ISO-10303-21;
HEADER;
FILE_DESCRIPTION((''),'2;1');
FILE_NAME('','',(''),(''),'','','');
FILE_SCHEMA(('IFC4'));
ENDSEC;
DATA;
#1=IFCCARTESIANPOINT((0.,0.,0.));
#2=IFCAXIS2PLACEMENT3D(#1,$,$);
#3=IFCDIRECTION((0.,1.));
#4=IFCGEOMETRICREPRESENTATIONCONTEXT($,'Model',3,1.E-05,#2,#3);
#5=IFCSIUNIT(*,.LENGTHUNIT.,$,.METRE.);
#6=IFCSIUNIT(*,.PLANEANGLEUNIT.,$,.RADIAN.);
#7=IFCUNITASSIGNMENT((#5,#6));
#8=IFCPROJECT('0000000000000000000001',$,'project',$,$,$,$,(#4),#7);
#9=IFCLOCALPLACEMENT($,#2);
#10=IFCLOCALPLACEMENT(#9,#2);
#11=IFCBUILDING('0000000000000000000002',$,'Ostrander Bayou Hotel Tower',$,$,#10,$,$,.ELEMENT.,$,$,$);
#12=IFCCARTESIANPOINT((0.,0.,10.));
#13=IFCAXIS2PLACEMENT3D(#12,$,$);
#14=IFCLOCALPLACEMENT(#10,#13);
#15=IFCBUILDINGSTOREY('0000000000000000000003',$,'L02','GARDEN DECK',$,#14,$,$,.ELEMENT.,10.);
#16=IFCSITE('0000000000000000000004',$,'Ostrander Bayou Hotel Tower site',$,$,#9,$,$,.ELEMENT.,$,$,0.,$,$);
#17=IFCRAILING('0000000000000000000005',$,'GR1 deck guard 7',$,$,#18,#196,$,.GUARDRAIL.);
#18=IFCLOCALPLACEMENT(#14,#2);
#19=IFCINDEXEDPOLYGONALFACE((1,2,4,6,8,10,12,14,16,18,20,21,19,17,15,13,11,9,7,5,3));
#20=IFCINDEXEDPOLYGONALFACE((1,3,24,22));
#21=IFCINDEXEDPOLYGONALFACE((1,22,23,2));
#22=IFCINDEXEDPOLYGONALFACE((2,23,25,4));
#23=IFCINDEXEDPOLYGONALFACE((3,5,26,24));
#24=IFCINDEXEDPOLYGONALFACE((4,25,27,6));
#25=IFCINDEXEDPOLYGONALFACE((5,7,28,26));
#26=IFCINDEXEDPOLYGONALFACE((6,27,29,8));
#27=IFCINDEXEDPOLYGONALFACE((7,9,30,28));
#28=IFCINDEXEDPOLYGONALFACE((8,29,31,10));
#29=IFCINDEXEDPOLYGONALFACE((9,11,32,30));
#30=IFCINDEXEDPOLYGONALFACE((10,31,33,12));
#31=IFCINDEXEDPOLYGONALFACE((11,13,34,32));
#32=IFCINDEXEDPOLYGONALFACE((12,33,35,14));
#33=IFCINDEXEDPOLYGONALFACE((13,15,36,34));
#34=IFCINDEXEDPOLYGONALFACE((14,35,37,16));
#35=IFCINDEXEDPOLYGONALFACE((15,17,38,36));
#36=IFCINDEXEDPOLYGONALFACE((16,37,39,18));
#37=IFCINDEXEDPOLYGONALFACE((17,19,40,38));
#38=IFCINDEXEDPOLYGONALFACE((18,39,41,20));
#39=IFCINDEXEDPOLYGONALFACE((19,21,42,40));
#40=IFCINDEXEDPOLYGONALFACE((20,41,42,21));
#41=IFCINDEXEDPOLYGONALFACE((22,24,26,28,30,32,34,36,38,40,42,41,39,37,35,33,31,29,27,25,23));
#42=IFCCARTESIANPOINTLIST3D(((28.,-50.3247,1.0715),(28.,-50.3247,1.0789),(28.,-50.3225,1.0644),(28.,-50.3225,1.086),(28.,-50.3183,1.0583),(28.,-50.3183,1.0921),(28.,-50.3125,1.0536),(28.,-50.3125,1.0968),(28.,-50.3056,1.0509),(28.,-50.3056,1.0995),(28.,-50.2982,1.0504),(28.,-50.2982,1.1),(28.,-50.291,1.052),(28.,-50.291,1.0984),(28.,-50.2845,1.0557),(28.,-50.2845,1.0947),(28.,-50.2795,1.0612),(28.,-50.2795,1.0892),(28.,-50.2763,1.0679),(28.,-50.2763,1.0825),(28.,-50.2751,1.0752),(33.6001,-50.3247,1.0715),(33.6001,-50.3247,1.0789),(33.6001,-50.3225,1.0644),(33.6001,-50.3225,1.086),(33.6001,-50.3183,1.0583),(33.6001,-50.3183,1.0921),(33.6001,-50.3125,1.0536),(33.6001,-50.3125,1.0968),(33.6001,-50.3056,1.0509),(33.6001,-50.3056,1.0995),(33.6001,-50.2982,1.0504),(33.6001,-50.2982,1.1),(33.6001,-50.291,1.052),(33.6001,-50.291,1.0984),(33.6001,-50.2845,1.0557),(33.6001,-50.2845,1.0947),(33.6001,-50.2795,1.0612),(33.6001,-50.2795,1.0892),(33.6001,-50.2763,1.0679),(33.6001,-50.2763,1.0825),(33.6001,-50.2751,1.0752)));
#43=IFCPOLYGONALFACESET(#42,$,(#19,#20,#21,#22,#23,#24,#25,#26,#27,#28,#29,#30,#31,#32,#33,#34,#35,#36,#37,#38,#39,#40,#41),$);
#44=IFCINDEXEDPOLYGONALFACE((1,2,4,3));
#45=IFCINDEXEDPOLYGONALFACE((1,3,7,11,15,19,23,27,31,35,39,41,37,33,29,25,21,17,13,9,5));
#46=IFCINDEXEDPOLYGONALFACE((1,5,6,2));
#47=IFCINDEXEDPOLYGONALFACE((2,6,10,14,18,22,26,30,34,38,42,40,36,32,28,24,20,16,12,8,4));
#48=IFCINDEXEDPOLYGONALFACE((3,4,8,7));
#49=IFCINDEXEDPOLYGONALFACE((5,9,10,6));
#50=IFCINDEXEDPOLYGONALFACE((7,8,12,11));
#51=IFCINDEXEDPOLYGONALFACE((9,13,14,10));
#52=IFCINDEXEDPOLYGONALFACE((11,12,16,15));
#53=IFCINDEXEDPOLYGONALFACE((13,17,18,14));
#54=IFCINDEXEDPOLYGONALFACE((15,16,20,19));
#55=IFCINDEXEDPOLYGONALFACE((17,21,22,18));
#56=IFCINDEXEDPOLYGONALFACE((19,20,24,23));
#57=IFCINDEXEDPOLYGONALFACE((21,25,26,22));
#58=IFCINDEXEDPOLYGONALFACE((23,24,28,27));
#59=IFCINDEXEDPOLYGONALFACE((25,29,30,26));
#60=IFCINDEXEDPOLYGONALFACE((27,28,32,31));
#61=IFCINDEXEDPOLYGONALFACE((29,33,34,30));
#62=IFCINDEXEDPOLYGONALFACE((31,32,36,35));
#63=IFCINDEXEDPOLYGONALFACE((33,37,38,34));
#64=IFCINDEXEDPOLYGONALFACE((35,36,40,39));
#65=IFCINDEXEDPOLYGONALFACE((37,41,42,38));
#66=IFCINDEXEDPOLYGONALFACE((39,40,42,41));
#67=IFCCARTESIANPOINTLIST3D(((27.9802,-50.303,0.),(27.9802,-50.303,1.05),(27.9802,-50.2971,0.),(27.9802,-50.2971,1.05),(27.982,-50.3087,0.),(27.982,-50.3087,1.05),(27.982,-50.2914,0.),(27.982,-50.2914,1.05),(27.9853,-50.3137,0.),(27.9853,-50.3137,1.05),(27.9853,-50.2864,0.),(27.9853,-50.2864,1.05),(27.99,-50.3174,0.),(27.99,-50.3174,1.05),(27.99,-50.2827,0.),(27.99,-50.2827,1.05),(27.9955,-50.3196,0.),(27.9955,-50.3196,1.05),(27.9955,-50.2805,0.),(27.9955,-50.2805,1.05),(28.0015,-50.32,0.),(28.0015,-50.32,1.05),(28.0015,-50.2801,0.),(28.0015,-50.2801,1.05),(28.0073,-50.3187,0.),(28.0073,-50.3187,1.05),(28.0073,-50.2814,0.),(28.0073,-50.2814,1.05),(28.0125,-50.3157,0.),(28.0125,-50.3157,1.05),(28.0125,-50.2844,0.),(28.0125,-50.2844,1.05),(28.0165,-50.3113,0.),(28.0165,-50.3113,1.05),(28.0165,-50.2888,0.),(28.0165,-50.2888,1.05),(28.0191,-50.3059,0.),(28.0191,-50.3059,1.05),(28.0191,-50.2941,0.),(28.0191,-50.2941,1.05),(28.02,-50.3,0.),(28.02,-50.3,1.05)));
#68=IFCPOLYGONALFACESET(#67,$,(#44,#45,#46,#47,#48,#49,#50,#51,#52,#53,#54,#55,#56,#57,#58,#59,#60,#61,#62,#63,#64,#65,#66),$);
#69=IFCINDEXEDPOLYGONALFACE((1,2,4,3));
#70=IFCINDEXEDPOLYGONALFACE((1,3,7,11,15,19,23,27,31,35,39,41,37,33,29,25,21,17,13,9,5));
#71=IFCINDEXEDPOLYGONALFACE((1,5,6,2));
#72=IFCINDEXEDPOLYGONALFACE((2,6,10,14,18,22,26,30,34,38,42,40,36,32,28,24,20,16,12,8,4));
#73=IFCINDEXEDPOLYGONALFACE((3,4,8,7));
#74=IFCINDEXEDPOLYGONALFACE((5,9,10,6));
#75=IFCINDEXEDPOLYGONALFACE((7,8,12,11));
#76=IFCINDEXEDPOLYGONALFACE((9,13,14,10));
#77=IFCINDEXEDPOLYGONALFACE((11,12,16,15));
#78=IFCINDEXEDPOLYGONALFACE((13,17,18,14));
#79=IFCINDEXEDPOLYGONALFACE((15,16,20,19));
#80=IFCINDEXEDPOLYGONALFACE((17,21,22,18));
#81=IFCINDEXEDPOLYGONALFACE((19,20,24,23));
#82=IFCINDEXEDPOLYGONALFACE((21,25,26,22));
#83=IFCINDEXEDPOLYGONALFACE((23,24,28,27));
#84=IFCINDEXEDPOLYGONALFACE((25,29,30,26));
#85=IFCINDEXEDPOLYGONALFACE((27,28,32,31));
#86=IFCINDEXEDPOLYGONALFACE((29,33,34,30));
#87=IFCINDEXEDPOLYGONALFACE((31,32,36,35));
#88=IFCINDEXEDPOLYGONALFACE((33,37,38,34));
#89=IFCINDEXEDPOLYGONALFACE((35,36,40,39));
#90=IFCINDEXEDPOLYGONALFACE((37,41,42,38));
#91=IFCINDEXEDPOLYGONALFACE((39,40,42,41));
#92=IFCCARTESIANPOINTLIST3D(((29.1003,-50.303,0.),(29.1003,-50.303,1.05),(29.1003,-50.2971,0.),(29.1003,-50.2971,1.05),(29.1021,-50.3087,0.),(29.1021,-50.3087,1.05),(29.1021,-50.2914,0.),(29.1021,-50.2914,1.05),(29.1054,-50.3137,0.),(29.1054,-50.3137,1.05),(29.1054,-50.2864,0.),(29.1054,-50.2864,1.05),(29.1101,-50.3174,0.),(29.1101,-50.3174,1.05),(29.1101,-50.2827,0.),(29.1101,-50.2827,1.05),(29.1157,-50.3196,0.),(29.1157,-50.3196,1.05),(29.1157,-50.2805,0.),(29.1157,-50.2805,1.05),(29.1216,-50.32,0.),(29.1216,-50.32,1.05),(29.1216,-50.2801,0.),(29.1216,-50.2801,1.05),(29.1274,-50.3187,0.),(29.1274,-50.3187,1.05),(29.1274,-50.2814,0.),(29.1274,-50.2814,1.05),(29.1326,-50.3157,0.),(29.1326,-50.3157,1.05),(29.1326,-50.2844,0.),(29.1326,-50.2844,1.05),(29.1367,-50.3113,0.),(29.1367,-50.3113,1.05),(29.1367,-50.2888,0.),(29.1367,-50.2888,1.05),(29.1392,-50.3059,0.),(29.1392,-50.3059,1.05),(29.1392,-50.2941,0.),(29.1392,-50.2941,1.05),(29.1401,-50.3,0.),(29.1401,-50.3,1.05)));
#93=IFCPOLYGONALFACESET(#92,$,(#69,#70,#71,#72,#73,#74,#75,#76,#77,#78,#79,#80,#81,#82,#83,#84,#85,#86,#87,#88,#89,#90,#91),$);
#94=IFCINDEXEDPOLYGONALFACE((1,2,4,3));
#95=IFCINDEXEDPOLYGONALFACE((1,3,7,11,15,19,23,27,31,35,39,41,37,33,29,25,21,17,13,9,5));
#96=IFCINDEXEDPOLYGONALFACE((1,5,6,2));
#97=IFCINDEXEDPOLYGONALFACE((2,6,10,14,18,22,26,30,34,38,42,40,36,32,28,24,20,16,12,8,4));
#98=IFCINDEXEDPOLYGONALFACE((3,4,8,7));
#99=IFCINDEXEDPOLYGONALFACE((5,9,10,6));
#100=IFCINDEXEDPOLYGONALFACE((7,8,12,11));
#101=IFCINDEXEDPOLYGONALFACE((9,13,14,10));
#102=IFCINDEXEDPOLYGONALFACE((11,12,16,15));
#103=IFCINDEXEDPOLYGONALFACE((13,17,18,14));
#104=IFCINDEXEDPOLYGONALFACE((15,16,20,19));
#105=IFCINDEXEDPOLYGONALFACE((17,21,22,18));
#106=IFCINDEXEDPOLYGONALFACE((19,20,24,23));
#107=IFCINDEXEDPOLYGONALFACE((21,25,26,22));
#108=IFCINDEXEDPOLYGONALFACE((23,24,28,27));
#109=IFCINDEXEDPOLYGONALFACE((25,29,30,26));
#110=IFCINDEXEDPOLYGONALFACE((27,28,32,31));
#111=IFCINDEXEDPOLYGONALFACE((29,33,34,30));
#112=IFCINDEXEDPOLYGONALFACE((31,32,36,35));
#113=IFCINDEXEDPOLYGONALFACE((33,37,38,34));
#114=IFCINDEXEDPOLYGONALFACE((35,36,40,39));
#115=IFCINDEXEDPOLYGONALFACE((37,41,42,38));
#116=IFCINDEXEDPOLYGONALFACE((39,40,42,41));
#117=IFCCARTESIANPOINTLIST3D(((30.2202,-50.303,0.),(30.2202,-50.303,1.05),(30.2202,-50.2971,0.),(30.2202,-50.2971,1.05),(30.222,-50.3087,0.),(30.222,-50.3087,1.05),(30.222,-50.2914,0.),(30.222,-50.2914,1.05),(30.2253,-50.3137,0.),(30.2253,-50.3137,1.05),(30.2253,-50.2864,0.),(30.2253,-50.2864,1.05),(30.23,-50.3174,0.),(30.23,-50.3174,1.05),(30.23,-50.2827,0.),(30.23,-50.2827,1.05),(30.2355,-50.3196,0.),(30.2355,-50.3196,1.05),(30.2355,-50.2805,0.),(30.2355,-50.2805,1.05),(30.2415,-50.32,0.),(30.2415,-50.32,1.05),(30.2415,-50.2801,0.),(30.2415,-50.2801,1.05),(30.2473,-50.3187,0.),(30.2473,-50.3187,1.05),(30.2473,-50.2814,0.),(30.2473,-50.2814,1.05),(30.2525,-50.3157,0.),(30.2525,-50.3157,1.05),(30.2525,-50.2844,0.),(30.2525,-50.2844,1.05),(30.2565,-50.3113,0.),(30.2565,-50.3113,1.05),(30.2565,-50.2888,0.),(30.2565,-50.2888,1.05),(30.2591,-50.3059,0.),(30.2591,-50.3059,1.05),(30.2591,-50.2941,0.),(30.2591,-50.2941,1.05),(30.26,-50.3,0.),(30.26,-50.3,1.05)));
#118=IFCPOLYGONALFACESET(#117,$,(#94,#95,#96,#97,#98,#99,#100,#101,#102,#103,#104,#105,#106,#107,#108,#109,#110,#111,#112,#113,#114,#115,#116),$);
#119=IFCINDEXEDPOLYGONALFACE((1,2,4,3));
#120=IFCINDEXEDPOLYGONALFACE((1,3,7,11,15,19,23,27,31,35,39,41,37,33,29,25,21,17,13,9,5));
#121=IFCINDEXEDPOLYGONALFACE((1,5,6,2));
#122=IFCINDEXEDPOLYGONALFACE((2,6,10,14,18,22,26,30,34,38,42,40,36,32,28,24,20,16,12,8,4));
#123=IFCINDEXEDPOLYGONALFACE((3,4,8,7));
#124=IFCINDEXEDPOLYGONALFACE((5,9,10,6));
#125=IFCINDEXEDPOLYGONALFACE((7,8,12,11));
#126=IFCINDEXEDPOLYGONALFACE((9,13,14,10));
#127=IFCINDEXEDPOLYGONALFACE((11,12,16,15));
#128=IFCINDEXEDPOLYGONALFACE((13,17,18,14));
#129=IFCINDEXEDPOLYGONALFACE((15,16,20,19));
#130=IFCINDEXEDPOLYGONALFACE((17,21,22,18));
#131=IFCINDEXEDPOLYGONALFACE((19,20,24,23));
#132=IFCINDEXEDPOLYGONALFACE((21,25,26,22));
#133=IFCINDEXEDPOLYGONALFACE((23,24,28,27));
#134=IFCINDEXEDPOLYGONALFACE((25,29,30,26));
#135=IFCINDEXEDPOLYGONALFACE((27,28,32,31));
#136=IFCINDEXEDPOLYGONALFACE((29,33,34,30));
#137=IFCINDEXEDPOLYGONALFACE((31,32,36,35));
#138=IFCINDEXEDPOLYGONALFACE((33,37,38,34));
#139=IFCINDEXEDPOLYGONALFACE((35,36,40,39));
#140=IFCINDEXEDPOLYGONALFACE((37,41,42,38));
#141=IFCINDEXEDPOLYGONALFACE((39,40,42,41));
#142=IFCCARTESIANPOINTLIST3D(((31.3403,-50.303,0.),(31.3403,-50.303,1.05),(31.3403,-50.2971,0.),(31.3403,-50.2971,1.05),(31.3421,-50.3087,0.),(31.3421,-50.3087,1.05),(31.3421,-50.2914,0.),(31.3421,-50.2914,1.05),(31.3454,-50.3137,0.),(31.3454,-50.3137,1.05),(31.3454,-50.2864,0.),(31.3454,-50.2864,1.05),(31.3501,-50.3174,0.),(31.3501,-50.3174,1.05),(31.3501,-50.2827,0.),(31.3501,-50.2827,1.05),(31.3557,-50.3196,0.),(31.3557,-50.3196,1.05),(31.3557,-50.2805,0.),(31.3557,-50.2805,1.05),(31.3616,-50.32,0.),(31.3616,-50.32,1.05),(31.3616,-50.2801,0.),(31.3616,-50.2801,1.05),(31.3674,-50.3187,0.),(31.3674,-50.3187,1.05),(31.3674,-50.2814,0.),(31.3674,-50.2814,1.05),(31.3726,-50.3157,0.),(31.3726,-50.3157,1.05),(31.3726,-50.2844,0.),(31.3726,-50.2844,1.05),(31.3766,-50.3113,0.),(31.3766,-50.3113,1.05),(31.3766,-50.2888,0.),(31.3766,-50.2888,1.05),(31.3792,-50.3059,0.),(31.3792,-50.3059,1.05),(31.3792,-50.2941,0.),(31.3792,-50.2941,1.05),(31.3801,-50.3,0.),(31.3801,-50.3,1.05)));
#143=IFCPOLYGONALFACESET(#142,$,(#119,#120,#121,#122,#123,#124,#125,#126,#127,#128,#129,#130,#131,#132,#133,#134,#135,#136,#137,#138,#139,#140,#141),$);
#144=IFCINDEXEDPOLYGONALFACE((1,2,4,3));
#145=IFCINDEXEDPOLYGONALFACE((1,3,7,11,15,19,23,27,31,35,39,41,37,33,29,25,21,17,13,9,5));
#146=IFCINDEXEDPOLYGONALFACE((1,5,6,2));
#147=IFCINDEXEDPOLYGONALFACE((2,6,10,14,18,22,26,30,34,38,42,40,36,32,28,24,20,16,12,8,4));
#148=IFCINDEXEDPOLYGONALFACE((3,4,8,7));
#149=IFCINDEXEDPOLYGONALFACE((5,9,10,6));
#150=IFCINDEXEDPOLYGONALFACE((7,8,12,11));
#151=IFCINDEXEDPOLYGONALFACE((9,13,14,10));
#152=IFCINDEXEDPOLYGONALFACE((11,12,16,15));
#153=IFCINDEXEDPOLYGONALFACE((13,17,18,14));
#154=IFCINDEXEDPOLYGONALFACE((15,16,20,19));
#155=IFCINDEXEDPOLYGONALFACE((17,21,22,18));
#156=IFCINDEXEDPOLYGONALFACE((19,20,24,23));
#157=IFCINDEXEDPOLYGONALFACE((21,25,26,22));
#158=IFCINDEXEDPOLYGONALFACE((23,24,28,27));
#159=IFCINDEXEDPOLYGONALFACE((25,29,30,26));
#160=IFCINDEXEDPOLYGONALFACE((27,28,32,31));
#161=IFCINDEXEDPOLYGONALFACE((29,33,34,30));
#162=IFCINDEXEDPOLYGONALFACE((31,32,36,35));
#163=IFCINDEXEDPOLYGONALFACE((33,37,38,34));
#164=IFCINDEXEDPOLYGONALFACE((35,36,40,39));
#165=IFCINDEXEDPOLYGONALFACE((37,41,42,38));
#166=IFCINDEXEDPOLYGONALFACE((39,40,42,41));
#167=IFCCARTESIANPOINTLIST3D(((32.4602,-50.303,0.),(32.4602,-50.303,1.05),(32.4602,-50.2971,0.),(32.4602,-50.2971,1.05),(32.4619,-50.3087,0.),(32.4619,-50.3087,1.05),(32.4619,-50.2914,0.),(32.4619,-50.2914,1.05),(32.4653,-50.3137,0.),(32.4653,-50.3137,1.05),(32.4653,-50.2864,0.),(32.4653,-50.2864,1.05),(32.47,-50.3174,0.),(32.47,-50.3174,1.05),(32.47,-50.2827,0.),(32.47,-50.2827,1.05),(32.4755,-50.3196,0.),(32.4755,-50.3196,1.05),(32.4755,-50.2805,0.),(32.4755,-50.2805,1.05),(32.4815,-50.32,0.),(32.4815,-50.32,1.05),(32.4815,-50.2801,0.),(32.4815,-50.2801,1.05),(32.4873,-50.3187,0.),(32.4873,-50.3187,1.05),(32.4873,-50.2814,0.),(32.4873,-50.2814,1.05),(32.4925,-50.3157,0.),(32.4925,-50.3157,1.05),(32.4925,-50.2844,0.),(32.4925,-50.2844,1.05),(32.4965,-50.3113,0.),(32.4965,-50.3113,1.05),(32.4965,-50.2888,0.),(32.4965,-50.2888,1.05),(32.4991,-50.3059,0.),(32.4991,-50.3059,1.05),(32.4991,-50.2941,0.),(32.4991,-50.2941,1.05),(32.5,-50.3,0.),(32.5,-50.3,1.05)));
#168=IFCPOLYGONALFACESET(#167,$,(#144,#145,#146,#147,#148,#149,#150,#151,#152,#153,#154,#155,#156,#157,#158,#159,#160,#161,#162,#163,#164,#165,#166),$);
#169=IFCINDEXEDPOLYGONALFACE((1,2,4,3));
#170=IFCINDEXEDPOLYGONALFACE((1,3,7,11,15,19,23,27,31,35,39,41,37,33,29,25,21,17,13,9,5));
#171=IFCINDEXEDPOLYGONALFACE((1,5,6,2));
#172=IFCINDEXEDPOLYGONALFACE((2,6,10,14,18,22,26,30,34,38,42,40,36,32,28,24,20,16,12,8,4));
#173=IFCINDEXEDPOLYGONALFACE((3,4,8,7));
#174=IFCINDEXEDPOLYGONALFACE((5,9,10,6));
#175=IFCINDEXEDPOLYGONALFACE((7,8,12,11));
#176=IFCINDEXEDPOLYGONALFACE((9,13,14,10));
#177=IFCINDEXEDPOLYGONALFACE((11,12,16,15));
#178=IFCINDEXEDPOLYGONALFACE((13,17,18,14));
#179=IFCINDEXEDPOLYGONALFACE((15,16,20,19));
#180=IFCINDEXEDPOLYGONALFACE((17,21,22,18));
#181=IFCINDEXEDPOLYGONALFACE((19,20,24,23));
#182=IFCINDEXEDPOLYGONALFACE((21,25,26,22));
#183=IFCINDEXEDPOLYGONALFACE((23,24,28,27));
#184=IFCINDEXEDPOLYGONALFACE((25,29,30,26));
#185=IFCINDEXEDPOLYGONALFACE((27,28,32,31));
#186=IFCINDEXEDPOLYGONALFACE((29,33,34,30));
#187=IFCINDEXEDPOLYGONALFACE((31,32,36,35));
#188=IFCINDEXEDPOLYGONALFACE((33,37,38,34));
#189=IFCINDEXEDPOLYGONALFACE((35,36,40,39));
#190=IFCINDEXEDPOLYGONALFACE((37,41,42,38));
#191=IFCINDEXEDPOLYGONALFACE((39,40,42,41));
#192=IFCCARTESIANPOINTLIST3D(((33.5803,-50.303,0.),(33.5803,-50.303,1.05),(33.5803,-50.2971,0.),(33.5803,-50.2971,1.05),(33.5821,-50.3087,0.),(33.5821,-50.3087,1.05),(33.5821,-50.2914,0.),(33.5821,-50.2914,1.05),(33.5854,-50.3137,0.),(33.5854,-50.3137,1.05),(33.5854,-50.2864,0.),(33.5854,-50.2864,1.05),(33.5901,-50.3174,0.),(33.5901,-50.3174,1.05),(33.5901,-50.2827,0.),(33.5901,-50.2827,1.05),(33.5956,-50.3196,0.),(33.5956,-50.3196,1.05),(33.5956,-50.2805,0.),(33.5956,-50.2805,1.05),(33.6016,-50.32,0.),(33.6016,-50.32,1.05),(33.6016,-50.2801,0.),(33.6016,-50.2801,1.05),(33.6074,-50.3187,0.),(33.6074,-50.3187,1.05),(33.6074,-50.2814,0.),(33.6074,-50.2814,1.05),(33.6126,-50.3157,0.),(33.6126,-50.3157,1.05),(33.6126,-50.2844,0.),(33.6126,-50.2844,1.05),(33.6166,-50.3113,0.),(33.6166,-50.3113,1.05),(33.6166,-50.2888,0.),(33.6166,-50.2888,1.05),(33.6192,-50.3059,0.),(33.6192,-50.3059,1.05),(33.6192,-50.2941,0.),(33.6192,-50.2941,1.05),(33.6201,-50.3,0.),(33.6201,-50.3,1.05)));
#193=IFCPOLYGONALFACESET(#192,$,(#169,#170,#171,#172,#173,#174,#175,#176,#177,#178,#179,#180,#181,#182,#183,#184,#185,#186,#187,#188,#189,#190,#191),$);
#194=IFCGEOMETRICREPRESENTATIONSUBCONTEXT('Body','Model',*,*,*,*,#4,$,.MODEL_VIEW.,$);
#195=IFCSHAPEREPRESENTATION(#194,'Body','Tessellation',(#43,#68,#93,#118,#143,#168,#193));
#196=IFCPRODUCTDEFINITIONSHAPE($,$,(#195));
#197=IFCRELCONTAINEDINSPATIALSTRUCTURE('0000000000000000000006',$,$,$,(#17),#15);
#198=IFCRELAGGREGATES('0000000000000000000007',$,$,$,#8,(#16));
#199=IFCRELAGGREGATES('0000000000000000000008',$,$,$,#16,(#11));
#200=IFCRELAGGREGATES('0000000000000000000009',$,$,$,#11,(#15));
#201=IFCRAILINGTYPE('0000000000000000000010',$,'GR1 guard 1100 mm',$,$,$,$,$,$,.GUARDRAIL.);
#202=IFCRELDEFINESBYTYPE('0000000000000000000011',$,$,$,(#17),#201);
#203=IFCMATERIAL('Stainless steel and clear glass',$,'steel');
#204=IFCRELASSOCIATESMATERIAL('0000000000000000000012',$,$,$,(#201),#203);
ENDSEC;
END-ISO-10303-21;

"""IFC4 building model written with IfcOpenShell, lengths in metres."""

from ifc_helpers import new_model, si_unit, direction, frame, origin, origin_2d, place, context, subcontext, project, spatial, circle, extrude, material, type_object, element, save


model = new_model("IFC4")

# Units and contexts
model_context = context("Model", 3, precision=1e-05, world=origin(), true_north=direction((0.0, 1.0)))
body_context = subcontext(model_context, "Body", "Model", "MODEL_VIEW")
ifc_project = project(units=[si_unit("LENGTHUNIT", "METRE"), si_unit("PLANEANGLEUNIT", "RADIAN")], contexts=[model_context])

# Site, building, storey
site_placement = place(None, origin())
site = spatial("IfcSite", under=ifc_project, at=site_placement, Name="Ostrander Bayou Hotel Tower site", CompositionType="ELEMENT", RefElevation=0.0)
building_placement = place(site_placement, origin())
building = spatial("IfcBuilding", under=site, at=building_placement, Name="Ostrander Bayou Hotel Tower", CompositionType="ELEMENT")
storey_placement = place(building_placement, frame((0.0, 0.0, 10.0)))
storey = spatial("IfcBuildingStorey", under=building, at=storey_placement, Name="L02", Description="GARDEN DECK", CompositionType="ELEMENT", Elevation=10.0)

# Railing
ifc_material_1 = material(Name="Stainless steel and clear glass", Category="steel")
railing_type = type_object("IfcRailingType", Name="GR1 guard 1100 mm", PredefinedType="GUARDRAIL", material=ifc_material_1)
railing_1_placement = place(storey_placement, frame((28.0, -50.3, 0.0)))
element("IfcRailing", 1, at=railing_1_placement, inside=storey, type_object=railing_type, Name="GR1 deck guard 7", PredefinedType="GUARDRAIL", context=body_context, shape_type="SweptSolid", body=[
    extrude(circle(Radius=0.0249, at=origin_2d()), frame((0.0, 0.0, 1.0752), z_axis=(1.0, 0.0, 0.0), x_axis=(0.0, 1.0, 0.0)), (0.0, 0.0, 1.0), 5.6001),
    extrude(circle(Radius=0.02, at=origin_2d()), origin(), (0.0, 0.0, 1.0), 1.05),
    extrude(circle(Radius=0.02, at=origin_2d()), frame((1.1201, 0.0, 0.0)), (0.0, 0.0, 1.0), 1.05),
    extrude(circle(Radius=0.02, at=origin_2d()), frame((2.24, 0.0, 0.0)), (0.0, 0.0, 1.0), 1.05),
    extrude(circle(Radius=0.02, at=origin_2d()), frame((3.3601, 0.0, 0.0)), (0.0, 0.0, 1.0), 1.05),
    extrude(circle(Radius=0.02, at=origin_2d()), frame((4.48, 0.0, 0.0)), (0.0, 0.0, 1.0), 1.05),
    extrude(circle(Radius=0.02, at=origin_2d()), frame((5.6001, 0.0, 0.0)), (0.0, 0.0, 1.0), 1.05),
])

save(model, "model.ifc")
